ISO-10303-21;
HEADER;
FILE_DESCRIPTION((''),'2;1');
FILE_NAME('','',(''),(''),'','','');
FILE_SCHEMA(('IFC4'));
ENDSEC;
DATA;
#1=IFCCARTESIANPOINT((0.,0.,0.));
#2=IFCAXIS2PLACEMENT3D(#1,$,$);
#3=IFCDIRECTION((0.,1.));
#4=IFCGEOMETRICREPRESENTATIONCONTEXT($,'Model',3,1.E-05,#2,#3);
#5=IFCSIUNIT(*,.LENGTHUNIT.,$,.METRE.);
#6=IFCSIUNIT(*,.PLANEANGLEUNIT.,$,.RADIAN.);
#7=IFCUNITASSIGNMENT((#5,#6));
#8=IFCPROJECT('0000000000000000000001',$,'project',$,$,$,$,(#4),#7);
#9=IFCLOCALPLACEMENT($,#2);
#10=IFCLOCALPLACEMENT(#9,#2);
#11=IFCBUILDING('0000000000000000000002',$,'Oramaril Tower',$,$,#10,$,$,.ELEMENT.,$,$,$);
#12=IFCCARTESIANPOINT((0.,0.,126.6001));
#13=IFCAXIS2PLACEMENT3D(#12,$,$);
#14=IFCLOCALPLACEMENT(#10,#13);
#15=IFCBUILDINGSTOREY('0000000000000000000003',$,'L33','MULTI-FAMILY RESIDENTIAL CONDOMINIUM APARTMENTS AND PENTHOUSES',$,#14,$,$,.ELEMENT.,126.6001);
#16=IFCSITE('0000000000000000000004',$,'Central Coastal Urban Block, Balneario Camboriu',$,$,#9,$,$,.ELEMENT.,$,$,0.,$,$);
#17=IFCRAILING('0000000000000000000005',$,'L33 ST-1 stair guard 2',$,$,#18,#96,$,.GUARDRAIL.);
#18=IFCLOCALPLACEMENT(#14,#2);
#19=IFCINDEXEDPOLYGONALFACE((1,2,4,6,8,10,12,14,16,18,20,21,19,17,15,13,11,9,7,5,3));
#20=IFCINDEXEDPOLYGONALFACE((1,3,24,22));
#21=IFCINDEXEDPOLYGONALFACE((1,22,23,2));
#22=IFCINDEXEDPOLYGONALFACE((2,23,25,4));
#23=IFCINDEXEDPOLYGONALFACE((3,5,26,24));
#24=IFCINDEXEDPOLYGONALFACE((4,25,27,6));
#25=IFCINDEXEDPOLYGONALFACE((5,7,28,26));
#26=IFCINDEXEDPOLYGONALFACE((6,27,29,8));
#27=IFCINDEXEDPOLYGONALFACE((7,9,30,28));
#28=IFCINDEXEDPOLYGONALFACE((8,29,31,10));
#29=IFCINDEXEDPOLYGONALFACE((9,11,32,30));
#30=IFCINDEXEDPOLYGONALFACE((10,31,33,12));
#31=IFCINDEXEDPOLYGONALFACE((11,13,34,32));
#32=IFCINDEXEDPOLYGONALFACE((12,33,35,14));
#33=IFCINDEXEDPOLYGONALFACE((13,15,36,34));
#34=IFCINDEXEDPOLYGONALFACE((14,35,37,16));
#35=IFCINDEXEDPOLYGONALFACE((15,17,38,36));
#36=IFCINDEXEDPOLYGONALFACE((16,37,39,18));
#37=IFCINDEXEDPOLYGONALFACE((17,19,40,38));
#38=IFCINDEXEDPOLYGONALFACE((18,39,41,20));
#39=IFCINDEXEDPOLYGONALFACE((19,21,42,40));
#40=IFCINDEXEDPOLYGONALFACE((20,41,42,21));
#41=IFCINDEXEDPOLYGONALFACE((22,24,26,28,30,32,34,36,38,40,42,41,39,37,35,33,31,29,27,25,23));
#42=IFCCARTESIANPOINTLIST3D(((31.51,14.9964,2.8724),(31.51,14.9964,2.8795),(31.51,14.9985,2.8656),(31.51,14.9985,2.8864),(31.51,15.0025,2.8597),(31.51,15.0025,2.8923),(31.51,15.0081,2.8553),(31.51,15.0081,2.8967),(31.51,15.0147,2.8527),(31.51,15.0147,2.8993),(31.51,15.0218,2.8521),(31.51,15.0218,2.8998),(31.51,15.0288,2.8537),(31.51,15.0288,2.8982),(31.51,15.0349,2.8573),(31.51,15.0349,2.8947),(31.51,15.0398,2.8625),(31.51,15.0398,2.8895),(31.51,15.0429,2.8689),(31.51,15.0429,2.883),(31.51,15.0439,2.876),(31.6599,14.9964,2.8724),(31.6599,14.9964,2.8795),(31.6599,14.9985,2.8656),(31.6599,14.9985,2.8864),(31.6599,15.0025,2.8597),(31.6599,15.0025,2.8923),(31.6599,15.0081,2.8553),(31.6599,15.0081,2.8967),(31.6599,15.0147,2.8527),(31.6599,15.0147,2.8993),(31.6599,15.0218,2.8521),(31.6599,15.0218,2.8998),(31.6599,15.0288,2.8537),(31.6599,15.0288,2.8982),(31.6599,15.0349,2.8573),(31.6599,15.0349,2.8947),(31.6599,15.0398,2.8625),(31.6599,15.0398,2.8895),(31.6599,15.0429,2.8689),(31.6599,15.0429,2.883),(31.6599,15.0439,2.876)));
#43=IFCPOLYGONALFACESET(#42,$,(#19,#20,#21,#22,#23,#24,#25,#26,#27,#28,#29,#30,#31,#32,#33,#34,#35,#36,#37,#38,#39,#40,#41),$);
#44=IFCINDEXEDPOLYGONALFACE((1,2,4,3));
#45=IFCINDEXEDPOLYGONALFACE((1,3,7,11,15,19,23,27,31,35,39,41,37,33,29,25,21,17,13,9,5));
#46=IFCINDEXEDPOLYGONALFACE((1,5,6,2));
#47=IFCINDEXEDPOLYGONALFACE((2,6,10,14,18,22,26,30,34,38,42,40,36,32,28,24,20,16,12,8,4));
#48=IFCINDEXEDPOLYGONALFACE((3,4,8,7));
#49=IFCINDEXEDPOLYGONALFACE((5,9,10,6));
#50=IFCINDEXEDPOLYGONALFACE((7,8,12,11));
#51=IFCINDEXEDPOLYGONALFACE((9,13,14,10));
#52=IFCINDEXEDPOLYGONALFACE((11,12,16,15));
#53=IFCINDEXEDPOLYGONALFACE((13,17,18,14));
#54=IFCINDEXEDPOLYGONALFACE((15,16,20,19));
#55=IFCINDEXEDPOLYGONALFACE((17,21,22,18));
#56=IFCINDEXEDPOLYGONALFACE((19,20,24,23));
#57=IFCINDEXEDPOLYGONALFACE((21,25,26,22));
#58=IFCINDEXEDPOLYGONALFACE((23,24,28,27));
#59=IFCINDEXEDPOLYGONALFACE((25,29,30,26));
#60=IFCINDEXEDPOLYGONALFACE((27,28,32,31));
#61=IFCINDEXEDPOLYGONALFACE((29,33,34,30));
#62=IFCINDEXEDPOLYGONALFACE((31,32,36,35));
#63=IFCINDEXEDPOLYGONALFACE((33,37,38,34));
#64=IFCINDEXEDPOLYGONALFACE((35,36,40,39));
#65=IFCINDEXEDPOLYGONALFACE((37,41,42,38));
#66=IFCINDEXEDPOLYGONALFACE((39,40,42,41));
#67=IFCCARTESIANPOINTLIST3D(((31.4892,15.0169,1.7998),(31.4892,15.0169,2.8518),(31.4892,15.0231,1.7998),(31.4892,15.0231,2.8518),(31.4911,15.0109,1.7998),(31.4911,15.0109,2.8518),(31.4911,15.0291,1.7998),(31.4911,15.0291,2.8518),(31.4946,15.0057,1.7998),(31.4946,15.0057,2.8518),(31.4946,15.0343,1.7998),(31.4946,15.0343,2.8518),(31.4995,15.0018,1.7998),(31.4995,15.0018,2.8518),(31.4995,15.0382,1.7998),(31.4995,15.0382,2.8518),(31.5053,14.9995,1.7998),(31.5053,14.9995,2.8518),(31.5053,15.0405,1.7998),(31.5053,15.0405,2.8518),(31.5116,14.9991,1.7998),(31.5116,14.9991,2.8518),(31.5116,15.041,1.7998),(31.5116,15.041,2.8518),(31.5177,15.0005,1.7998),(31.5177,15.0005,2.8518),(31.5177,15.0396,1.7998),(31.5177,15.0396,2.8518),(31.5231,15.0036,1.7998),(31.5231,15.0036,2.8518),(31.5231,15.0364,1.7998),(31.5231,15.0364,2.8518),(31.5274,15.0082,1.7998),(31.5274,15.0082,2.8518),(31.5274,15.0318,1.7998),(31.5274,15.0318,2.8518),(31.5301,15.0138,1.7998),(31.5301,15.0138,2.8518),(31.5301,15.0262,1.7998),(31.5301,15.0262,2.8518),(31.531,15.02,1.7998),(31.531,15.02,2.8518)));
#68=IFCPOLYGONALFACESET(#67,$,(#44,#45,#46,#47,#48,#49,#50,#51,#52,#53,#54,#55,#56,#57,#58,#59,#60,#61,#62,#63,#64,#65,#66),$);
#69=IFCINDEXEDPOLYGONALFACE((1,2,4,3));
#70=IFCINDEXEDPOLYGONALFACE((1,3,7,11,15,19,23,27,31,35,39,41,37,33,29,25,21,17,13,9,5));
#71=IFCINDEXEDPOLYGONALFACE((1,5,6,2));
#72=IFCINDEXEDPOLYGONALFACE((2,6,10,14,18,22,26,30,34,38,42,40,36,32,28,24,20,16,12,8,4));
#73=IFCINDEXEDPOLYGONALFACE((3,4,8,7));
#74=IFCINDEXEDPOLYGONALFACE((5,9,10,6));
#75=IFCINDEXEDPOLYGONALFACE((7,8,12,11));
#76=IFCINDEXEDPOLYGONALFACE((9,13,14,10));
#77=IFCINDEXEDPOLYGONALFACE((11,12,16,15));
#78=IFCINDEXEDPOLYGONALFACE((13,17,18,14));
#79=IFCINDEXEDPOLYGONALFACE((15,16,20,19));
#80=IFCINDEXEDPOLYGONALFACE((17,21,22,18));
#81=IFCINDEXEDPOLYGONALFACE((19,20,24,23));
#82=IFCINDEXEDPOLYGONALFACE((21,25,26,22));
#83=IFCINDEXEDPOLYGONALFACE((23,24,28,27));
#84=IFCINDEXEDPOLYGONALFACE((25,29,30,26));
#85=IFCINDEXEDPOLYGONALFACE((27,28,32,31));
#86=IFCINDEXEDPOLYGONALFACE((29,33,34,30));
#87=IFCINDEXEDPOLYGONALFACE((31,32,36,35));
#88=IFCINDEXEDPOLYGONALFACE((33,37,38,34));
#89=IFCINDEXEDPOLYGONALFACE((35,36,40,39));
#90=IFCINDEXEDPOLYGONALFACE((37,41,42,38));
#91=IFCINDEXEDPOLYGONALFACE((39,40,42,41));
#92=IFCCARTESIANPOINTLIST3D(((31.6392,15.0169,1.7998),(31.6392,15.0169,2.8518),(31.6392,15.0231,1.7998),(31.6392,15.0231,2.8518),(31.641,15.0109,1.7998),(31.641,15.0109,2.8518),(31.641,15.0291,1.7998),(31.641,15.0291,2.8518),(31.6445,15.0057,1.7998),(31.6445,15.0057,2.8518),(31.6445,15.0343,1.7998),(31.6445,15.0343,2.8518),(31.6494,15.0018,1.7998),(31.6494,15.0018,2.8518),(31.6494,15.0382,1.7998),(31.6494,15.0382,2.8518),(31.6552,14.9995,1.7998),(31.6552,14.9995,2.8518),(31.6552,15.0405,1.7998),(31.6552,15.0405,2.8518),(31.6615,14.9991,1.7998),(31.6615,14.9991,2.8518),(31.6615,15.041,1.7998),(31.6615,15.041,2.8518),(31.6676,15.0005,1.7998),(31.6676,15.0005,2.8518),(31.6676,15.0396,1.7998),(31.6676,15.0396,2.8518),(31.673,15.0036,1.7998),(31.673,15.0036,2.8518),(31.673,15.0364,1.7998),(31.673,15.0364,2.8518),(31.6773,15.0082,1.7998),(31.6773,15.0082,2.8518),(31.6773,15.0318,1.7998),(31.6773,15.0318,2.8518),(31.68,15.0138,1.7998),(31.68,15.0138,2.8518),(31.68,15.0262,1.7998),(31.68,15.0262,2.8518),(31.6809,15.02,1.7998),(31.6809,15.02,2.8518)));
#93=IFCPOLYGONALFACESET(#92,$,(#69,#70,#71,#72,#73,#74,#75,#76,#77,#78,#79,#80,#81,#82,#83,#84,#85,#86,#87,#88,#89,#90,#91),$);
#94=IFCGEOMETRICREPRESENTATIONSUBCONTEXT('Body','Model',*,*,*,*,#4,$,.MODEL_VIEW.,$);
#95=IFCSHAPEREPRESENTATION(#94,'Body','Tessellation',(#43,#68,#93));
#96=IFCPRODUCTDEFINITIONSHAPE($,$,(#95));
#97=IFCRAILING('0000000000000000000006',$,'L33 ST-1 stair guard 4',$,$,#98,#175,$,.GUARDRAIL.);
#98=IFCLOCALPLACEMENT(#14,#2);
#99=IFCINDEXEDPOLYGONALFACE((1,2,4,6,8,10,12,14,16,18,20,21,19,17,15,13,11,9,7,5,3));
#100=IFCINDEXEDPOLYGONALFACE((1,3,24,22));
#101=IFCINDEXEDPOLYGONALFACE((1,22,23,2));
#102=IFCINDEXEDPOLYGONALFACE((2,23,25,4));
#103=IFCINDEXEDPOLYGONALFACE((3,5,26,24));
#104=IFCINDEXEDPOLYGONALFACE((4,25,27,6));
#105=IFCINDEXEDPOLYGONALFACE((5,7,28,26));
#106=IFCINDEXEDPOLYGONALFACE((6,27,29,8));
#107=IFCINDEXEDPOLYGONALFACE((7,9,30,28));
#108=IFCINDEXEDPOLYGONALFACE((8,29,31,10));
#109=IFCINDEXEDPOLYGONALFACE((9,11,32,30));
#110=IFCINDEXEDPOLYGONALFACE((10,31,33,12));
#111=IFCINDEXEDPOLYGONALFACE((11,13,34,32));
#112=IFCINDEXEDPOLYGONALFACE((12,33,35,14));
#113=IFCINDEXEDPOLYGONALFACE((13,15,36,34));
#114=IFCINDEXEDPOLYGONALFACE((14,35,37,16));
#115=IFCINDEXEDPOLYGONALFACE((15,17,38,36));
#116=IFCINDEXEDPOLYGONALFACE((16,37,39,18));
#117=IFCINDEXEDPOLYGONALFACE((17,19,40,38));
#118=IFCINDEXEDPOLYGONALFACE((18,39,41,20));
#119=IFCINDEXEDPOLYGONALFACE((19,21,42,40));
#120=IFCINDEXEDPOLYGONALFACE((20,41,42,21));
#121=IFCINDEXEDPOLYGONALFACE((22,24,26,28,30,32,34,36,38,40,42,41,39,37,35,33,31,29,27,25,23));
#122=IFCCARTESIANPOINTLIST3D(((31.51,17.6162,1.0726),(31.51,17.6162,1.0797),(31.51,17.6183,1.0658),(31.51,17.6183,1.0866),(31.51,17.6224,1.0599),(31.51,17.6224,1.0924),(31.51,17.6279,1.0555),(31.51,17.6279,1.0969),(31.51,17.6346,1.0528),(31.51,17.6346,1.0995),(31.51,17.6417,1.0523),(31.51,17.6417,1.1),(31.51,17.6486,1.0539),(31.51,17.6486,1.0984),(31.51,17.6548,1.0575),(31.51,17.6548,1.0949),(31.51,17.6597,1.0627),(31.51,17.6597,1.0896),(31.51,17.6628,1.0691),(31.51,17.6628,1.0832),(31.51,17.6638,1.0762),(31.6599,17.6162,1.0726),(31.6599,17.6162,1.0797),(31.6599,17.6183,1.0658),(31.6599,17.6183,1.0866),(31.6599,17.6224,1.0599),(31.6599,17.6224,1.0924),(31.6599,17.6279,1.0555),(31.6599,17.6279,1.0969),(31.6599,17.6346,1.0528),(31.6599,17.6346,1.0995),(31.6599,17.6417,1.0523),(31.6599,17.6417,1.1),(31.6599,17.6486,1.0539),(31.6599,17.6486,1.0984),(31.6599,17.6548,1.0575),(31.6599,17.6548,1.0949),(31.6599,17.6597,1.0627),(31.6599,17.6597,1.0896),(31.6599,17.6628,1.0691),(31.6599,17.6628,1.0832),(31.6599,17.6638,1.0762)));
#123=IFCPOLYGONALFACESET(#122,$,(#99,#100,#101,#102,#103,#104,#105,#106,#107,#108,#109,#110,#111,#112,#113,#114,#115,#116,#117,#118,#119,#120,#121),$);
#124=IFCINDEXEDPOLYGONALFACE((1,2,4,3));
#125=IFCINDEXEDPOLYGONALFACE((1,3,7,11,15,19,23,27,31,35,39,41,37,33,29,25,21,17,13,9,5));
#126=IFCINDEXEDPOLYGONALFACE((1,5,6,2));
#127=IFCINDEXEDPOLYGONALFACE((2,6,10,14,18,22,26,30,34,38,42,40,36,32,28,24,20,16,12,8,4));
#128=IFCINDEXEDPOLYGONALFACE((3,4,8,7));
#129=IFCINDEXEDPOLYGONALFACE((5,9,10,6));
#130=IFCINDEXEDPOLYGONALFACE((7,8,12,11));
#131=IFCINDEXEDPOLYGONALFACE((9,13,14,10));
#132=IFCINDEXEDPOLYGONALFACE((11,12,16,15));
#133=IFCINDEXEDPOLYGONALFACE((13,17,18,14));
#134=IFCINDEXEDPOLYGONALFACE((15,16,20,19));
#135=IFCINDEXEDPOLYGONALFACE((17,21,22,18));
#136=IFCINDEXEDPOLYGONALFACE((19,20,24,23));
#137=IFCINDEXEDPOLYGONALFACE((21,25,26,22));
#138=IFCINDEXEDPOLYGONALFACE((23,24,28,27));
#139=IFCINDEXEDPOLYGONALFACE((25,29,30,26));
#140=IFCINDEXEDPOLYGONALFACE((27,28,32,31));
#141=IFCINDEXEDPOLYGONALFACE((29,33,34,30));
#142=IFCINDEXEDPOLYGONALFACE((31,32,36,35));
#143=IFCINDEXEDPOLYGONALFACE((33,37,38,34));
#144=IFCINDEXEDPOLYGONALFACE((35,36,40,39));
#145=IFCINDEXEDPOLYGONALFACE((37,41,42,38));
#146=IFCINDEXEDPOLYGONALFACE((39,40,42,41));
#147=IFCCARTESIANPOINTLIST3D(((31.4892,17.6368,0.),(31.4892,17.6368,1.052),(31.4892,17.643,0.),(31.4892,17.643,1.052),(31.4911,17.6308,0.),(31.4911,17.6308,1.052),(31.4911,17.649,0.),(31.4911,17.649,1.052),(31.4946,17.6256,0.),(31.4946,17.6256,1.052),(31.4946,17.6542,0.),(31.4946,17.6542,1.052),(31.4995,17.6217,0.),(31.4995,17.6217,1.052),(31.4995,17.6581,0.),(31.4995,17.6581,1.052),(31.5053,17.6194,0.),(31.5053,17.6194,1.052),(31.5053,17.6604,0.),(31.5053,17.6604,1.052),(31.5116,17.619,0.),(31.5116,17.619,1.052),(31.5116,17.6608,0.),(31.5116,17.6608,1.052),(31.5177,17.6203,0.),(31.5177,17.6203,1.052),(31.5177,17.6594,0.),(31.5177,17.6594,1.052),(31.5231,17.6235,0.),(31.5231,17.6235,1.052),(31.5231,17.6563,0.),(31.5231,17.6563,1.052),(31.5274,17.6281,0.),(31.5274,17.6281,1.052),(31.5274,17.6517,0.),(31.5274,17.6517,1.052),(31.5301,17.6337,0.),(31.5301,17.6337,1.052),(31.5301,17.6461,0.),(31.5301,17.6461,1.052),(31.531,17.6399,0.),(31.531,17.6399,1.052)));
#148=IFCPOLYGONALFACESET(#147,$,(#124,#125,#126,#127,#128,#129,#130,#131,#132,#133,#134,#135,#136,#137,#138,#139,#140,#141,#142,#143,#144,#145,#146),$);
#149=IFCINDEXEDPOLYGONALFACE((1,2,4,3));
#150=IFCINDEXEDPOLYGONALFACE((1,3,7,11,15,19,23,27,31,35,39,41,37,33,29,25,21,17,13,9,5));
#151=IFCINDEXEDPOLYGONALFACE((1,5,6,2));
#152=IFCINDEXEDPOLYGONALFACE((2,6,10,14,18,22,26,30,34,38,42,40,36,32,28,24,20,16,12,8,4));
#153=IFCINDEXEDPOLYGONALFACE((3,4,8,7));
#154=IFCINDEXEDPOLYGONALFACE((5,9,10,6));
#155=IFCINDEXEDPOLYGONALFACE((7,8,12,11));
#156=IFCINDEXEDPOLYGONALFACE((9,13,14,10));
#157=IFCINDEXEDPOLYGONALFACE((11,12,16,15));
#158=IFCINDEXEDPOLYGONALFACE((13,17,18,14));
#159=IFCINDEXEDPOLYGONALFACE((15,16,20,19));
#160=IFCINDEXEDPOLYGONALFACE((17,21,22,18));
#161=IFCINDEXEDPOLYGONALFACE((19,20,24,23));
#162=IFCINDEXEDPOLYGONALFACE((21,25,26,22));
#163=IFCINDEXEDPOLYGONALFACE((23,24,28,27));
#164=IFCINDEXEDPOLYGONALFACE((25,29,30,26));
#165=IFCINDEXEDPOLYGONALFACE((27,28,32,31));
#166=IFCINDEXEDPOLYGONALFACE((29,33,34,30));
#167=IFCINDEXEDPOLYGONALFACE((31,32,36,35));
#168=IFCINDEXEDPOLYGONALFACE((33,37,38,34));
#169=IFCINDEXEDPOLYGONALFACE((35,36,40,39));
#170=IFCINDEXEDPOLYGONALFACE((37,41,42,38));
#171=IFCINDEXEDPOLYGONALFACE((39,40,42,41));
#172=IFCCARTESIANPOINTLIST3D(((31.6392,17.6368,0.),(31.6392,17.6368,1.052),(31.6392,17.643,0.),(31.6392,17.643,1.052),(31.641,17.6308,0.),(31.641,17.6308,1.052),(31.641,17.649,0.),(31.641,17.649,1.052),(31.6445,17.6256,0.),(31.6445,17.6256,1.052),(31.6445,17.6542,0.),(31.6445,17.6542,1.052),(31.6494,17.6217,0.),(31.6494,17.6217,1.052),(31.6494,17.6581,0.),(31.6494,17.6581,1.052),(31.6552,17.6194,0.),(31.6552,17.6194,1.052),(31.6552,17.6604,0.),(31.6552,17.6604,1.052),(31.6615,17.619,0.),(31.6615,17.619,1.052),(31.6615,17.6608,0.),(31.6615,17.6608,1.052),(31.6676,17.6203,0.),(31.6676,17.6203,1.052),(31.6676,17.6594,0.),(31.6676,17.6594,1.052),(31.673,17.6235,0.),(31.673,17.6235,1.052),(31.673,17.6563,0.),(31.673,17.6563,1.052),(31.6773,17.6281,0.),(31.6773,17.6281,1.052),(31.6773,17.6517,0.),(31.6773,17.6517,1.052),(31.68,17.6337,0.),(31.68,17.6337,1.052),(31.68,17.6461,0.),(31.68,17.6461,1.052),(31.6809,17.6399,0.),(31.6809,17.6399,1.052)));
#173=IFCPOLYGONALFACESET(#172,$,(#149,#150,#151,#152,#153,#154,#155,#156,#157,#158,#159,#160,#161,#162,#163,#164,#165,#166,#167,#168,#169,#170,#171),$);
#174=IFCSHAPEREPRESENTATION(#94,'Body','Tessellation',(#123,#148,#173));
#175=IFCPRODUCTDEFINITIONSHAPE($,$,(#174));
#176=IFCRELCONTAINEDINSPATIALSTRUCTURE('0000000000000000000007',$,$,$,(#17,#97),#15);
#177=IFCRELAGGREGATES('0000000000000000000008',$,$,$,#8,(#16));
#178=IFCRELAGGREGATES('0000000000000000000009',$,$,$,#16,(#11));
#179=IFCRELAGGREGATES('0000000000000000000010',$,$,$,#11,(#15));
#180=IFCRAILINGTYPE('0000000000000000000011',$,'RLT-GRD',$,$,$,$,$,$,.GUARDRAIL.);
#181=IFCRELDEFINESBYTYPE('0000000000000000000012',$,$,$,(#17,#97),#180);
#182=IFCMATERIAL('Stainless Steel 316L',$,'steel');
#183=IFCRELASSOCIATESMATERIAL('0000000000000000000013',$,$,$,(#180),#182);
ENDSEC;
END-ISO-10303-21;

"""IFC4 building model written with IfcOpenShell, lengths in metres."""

from ifc_helpers import new_model, si_unit, direction, frame, origin, origin_2d, place, context, subcontext, project, spatial, circle, extrude, material, type_object, element, save


model = new_model("IFC4")

# Units and contexts
model_context = context("Model", 3, precision=1e-05, world=origin(), true_north=direction((0.0, 1.0)))
body_context = subcontext(model_context, "Body", "Model", "MODEL_VIEW")
ifc_project = project(units=[si_unit("LENGTHUNIT", "METRE"), si_unit("PLANEANGLEUNIT", "RADIAN")], contexts=[model_context])

# Site, building, storey
site_placement = place(None, origin())
site = spatial("IfcSite", under=ifc_project, at=site_placement, Name="Central Coastal Urban Block, Balneario Camboriu", CompositionType="ELEMENT", RefElevation=0.0)
building_placement = place(site_placement, origin())
building = spatial("IfcBuilding", under=site, at=building_placement, Name="Oramaril Tower", CompositionType="ELEMENT")
storey_placement = place(building_placement, frame((0.0, 0.0, 126.6001)))
storey = spatial("IfcBuildingStorey", under=building, at=storey_placement, Name="L33", Description="MULTI-FAMILY RESIDENTIAL CONDOMINIUM APARTMENTS AND PENTHOUSES", CompositionType="ELEMENT", Elevation=126.6001)

# Railings
ifc_material_1 = material(Name="Stainless Steel 316L", Category="steel")
railing_type_1 = type_object("IfcRailingType", Name="RLT-GRD", PredefinedType="GUARDRAIL", material=ifc_material_1)
for number, where, name in (
    (1, (31.51, 15.02, 1.7998), "L33 ST-1 stair guard 2"),
    (2, (31.51, 17.6399, 0.0), "L33 ST-1 stair guard 4"),
):
    element("IfcRailing", number, at=place(storey_placement, frame(where)), inside=storey, type_object=railing_type_1, Name=name, PredefinedType="GUARDRAIL", context=body_context, shape_type="SweptSolid", body=[
        extrude(circle(Radius=0.0239, at=origin_2d()), frame((0.0, 0.0, 1.0762), z_axis=(1.0, 0.0, 0.0), x_axis=(0.0, 1.0, 0.0)), (0.0, 0.0, 1.0), 0.1499),
        extrude(circle(Radius=0.021, at=origin_2d()), origin(), (0.0, 0.0, 1.0), 1.052),
        extrude(circle(Radius=0.021, at=origin_2d()), frame((0.1499, 0.0, 0.0)), (0.0, 0.0, 1.0), 1.052),
    ])

save(model, "model.ifc")
